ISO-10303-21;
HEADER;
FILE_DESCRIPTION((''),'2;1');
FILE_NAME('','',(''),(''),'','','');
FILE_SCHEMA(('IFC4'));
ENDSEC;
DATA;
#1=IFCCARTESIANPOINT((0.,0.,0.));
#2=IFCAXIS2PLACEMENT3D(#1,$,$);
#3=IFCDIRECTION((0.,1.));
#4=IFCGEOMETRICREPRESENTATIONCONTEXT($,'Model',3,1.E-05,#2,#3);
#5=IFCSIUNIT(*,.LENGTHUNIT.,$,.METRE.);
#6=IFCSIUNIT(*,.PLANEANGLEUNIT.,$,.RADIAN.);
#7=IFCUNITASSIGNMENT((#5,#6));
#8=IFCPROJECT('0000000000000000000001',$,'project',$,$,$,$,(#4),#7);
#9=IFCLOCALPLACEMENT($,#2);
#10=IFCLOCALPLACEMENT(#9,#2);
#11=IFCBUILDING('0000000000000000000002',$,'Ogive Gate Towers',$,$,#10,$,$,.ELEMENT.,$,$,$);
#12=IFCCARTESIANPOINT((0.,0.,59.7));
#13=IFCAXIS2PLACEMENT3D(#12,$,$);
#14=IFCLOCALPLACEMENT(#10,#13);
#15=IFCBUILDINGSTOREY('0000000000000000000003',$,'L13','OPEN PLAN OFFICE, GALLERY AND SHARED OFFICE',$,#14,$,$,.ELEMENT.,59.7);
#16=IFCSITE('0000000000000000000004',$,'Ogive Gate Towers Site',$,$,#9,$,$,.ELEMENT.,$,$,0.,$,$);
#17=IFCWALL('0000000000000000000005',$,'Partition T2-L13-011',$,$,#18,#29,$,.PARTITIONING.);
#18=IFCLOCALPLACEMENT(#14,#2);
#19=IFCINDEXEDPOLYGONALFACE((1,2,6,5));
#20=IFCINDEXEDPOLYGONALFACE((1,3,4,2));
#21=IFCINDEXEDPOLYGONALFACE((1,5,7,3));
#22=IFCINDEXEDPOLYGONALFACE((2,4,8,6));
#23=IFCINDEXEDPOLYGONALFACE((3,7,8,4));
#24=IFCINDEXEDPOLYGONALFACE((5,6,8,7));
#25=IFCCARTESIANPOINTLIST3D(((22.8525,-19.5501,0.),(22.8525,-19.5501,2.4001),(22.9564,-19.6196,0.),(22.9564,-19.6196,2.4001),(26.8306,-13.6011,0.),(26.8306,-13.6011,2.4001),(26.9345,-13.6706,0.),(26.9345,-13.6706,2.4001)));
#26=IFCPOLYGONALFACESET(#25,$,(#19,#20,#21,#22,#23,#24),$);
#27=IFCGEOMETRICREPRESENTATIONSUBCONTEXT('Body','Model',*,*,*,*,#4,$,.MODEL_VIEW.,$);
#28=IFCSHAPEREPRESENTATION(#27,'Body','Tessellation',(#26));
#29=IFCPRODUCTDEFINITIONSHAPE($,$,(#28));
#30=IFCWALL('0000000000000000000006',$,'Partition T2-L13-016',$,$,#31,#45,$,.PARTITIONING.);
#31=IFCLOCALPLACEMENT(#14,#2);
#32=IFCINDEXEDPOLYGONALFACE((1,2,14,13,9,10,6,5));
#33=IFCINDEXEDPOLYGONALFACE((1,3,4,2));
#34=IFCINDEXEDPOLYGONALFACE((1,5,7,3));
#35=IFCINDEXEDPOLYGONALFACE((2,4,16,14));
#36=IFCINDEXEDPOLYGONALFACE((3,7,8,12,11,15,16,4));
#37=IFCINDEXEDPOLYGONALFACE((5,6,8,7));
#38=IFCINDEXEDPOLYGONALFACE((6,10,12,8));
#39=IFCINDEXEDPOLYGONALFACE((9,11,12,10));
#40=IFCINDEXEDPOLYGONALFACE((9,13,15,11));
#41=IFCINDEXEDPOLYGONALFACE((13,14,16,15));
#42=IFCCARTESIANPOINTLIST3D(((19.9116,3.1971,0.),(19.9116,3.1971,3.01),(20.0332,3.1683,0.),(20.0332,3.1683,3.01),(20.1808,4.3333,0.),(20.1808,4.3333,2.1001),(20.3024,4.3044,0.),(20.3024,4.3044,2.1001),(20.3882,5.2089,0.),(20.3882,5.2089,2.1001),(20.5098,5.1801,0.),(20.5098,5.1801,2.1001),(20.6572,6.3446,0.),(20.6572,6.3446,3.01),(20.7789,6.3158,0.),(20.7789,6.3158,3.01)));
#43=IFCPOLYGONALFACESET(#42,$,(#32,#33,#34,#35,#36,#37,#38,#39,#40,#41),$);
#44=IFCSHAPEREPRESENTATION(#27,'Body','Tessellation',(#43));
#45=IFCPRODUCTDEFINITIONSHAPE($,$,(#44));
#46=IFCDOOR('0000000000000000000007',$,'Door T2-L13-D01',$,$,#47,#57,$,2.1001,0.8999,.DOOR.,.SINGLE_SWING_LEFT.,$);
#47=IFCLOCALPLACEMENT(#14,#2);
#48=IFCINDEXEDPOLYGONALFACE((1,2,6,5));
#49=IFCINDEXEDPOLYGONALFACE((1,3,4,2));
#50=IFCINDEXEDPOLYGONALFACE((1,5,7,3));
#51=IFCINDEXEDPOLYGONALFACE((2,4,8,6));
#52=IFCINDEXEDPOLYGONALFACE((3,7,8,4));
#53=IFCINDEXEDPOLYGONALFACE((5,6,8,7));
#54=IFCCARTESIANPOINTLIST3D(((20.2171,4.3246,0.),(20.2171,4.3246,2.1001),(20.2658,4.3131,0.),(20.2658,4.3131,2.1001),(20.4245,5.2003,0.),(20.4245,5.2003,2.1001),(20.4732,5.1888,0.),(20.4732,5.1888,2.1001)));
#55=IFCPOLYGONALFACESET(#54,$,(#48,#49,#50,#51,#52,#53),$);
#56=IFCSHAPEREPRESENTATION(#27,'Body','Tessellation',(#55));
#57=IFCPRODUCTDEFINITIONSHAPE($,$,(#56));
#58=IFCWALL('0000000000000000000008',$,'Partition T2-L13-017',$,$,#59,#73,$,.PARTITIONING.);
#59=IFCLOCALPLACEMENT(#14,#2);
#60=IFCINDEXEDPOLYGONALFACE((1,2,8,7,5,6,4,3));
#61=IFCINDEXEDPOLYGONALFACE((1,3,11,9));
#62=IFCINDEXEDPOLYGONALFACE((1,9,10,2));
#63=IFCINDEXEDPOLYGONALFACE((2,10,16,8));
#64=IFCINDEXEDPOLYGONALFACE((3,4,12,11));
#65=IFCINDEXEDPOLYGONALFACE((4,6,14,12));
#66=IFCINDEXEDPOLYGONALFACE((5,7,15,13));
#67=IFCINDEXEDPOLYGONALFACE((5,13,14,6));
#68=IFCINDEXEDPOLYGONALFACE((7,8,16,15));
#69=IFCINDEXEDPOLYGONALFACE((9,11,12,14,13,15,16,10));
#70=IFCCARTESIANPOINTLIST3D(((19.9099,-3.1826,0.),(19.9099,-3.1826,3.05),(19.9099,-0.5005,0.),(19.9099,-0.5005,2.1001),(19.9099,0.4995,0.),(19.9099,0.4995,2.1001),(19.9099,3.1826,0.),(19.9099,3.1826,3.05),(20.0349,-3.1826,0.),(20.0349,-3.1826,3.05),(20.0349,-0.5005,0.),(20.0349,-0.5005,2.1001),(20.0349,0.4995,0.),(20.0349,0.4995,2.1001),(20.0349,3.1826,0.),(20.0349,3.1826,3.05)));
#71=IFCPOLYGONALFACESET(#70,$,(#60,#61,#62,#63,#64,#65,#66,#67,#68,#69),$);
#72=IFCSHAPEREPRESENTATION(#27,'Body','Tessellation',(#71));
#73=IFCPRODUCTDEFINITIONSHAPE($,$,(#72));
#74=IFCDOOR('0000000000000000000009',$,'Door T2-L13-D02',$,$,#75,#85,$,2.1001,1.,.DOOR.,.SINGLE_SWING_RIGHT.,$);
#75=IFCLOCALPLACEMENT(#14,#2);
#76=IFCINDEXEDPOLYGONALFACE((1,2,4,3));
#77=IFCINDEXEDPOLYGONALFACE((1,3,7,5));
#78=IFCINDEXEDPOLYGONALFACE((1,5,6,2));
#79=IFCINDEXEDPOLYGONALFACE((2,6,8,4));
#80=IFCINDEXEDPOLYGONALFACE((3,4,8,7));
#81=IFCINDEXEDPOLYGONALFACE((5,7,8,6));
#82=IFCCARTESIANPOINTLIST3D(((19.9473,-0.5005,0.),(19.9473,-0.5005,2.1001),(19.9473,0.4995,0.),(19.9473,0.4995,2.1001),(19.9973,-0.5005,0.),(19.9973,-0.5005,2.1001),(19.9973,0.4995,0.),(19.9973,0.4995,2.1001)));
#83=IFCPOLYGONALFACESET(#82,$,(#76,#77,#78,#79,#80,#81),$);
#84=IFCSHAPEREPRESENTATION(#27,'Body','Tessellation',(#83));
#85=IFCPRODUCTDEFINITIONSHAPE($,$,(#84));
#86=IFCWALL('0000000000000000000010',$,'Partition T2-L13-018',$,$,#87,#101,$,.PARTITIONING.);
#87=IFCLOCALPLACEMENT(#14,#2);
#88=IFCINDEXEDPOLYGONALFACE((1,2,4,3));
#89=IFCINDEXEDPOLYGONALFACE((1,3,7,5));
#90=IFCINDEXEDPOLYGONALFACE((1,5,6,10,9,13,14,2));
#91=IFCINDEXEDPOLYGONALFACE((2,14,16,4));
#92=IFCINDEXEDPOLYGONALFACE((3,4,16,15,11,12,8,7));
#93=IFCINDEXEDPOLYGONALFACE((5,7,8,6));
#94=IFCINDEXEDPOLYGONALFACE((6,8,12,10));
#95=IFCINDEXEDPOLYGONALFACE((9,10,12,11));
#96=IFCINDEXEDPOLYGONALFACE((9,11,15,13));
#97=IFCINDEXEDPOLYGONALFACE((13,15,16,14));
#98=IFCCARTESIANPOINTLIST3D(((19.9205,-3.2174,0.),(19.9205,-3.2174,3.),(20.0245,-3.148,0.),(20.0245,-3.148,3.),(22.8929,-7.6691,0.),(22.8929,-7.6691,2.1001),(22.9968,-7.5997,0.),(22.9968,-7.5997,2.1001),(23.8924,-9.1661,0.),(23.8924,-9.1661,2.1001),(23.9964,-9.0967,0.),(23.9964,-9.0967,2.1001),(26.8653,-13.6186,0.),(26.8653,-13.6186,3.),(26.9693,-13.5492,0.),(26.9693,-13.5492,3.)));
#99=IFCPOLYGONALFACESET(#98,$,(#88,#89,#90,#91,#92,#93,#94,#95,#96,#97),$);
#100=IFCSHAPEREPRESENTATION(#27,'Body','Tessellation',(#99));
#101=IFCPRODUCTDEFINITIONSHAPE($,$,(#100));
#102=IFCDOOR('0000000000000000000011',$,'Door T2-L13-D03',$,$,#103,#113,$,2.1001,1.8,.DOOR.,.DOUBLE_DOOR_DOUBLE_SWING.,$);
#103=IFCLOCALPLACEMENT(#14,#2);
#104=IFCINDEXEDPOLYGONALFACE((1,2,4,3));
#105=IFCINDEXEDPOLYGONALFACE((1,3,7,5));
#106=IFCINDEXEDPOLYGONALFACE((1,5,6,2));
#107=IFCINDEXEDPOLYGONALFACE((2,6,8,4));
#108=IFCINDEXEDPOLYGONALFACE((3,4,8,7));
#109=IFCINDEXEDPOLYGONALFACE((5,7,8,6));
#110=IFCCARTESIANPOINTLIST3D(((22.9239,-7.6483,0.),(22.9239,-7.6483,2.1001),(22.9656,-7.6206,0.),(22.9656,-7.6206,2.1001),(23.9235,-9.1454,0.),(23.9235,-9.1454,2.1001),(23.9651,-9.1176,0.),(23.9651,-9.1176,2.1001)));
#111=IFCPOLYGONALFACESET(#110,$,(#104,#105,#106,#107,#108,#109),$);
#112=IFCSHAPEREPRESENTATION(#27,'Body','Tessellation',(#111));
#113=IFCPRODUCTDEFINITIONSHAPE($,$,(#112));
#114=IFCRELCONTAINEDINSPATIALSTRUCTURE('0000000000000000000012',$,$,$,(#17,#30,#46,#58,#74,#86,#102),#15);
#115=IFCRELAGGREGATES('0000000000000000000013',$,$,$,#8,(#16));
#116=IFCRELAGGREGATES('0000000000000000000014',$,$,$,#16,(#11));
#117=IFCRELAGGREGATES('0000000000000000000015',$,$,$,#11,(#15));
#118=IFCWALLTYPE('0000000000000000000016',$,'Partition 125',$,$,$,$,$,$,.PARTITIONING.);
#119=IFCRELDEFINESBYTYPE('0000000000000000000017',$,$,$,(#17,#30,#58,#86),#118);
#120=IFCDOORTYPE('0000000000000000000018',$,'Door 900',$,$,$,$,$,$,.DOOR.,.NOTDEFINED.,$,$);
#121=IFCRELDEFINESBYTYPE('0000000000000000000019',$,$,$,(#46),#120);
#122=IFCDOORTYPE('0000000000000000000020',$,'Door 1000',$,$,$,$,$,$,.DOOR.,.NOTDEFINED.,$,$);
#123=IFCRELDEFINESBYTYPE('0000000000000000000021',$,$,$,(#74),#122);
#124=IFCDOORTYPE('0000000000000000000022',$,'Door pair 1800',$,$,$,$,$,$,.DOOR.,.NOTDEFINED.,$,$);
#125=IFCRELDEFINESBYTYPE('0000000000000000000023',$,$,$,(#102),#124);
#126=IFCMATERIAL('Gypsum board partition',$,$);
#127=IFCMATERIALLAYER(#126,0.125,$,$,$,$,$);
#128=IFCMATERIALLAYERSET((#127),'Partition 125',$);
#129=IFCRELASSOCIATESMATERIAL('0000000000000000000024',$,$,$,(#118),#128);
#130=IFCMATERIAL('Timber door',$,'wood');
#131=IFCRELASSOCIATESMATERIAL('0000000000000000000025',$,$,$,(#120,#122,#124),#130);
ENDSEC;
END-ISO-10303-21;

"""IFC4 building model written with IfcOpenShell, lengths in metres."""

from ifc_helpers import new_model, si_unit, direction, frame, frame_2d, origin, place, context, subcontext, project, spatial, rectangle, extrude, material, layer, layer_set, type_object, element, fill, save


model = new_model("IFC4")

# Units and contexts
model_context = context("Model", 3, precision=1e-05, world=origin(), true_north=direction((0.0, 1.0)))
body_context = subcontext(model_context, "Body", "Model", "MODEL_VIEW")
ifc_project = project(units=[si_unit("LENGTHUNIT", "METRE"), si_unit("PLANEANGLEUNIT", "RADIAN")], contexts=[model_context])

# Site, building, storey
site_placement = place(None, origin())
site = spatial("IfcSite", under=ifc_project, at=site_placement, Name="Ogive Gate Towers Site", CompositionType="ELEMENT", RefElevation=0.0)
building_placement = place(site_placement, origin())
building = spatial("IfcBuilding", under=site, at=building_placement, Name="Ogive Gate Towers", CompositionType="ELEMENT")
storey_placement = place(building_placement, frame((0.0, 0.0, 59.7)))
storey = spatial("IfcBuildingStorey", under=building, at=storey_placement, Name="L13", Description="OPEN PLAN OFFICE, GALLERY AND SHARED OFFICE", CompositionType="ELEMENT", Elevation=59.7)

# Shared definitions
ifc_material_1 = material(Name="Timber door", Category="wood")

# Wall
ifc_material_2 = material(Name="Gypsum board partition")
ifc_layer_1 = layer(ifc_material_2, 0.125)
ifc_layer_set_1 = layer_set([ifc_layer_1], Name="Partition 125")
wall_type_1 = type_object("IfcWallType", Name="Partition 125", PredefinedType="PARTITIONING", material=ifc_layer_set_1)
wall_1_placement = place(storey_placement, frame((22.9045, -19.5847, 0.0), z_axis=(0.0, 0.0, 1.0), x_axis=(0.555865, 0.831273, 0.0)))
element("IfcWall", 1, at=wall_1_placement, inside=storey, type_object=wall_type_1, Name="Partition T2-L13-011", PredefinedType="PARTITIONING", context=body_context, shape_type="SweptSolid", body=[
    extrude(rectangle(XDim=7.1565, YDim=0.125, at=frame_2d((3.5781, 0.0))), origin(), (0.0, 0.0, 1.0), 2.4001),
])

# Walls, openings, doors
wall_2_placement = place(storey_placement, frame((20.718, 6.3301, 0.0), z_axis=(0.0, 0.0, 1.0), x_axis=(-0.230512, -0.97307, 0.0)))
wall_2 = element("IfcWall", 2, at=wall_2_placement, inside=storey, type_object=wall_type_1, Name="Partition T2-L13-016", PredefinedType="PARTITIONING", context=body_context, shape_type="SweptSolid", body=[
    extrude(rectangle(XDim=3.2346, YDim=0.125, at=frame_2d((1.6172, 0.0))), origin(), (0.0, 0.0, 1.0), 3.01),
])
opening_1_placement = place(wall_2_placement, frame((1.167, 0.0, 0.0)))
opening_1 = element("IfcOpeningElement", 3, at=opening_1_placement, cuts=wall_2, PredefinedType="OPENING", context=body_context, shape_type="SweptSolid", body=[
    extrude(rectangle(XDim=0.8999, YDim=2.1001, at=frame_2d((0.45, 1.05))), frame((0.0, 0.0725, 0.0), z_axis=(0.0, -1.0, 0.0), x_axis=(1.0, 0.0, 0.0)), (0.0, 0.0, 1.0), 0.145),
])
door_type_1 = type_object("IfcDoorType", Name="Door 900", OperationType="NOTDEFINED", PredefinedType="DOOR", material=ifc_material_1)
door_1_placement = place(opening_1_placement, origin())
door_1 = element("IfcDoor", 4, at=door_1_placement, inside=storey, type_object=door_type_1, Name="Door T2-L13-D01", OperationType="SINGLE_SWING_LEFT", OverallHeight=2.1001, OverallWidth=0.8999, PredefinedType="DOOR", context=body_context, shape_type="SweptSolid", body=[
    extrude(rectangle(XDim=0.8999, YDim=2.1001, at=frame_2d((0.45, 1.05))), frame((0.0, 0.0249, 0.0), z_axis=(0.0, -1.0, 0.0), x_axis=(1.0, 0.0, 0.0)), (0.0, 0.0, 1.0), 0.05),
])
fill(opening_1, door_1)
wall_3_placement = place(storey_placement, frame((19.9724, 3.1826, 0.0), z_axis=(0.0, 0.0, 1.0), x_axis=(0.0, -1.0, 0.0)))
wall_3 = element("IfcWall", 5, at=wall_3_placement, inside=storey, type_object=wall_type_1, Name="Partition T2-L13-017", PredefinedType="PARTITIONING", context=body_context, shape_type="SweptSolid", body=[
    extrude(rectangle(XDim=6.3652, YDim=0.125, at=frame_2d((3.1826, 0.0))), origin(), (0.0, 0.0, 1.0), 3.05),
])
opening_2_placement = place(wall_3_placement, frame((2.6831, 0.0, 0.0)))
opening_2 = element("IfcOpeningElement", 6, at=opening_2_placement, cuts=wall_3, PredefinedType="OPENING", context=body_context, shape_type="SweptSolid", body=[
    extrude(rectangle(XDim=1.0, YDim=2.1001, at=frame_2d((0.5, 1.05))), frame((0.0, 0.0725, 0.0), z_axis=(0.0, -1.0, 0.0), x_axis=(1.0, 0.0, 0.0)), (0.0, 0.0, 1.0), 0.145),
])
door_type_2 = type_object("IfcDoorType", Name="Door 1000", OperationType="NOTDEFINED", PredefinedType="DOOR", material=ifc_material_1)
door_2_placement = place(opening_2_placement, origin())
door_2 = element("IfcDoor", 7, at=door_2_placement, inside=storey, type_object=door_type_2, Name="Door T2-L13-D02", OperationType="SINGLE_SWING_RIGHT", OverallHeight=2.1001, OverallWidth=1.0, PredefinedType="DOOR", context=body_context, shape_type="SweptSolid", body=[
    extrude(rectangle(XDim=1.0, YDim=2.1001, at=frame_2d((0.5, 1.05))), frame((0.0, 0.0249, 0.0), z_axis=(0.0, -1.0, 0.0), x_axis=(1.0, 0.0, 0.0)), (0.0, 0.0, 1.0), 0.05),
])
fill(opening_2, door_2)
wall_4_placement = place(storey_placement, frame((19.9724, -3.1826, 0.0), z_axis=(0.0, 0.0, 1.0), x_axis=(0.555295, -0.831654, 0.0)))
wall_4 = element("IfcWall", 8, at=wall_4_placement, inside=storey, type_object=wall_type_1, Name="Partition T2-L13-018", PredefinedType="PARTITIONING", context=body_context, shape_type="SweptSolid", body=[
    extrude(rectangle(XDim=12.5066, YDim=0.125, at=frame_2d((6.2534, 0.0))), origin(), (0.0, 0.0, 1.0), 3.0),
])
opening_3_placement = place(wall_4_placement, frame((5.353, 0.0, 0.0)))
opening_3 = element("IfcOpeningElement", 9, at=opening_3_placement, cuts=wall_4, PredefinedType="OPENING", context=body_context, shape_type="SweptSolid", body=[
    extrude(rectangle(XDim=1.8, YDim=2.1001, at=frame_2d((0.8999, 1.05))), frame((0.0, 0.0725, 0.0), z_axis=(0.0, -1.0, 0.0), x_axis=(1.0, 0.0, 0.0)), (0.0, 0.0, 1.0), 0.145),
])
door_type_3 = type_object("IfcDoorType", Name="Door pair 1800", OperationType="NOTDEFINED", PredefinedType="DOOR", material=ifc_material_1)
door_3_placement = place(opening_3_placement, origin())
door_3 = element("IfcDoor", 10, at=door_3_placement, inside=storey, type_object=door_type_3, Name="Door T2-L13-D03", OperationType="DOUBLE_DOOR_DOUBLE_SWING", OverallHeight=2.1001, OverallWidth=1.8, PredefinedType="DOOR", context=body_context, shape_type="SweptSolid", body=[
    extrude(rectangle(XDim=1.8, YDim=2.1001, at=frame_2d((0.8999, 1.05))), frame((0.0, 0.0249, 0.0), z_axis=(0.0, -1.0, 0.0), x_axis=(1.0, 0.0, 0.0)), (0.0, 0.0, 1.0), 0.05),
])
fill(opening_3, door_3)

save(model, "model.ifc")
